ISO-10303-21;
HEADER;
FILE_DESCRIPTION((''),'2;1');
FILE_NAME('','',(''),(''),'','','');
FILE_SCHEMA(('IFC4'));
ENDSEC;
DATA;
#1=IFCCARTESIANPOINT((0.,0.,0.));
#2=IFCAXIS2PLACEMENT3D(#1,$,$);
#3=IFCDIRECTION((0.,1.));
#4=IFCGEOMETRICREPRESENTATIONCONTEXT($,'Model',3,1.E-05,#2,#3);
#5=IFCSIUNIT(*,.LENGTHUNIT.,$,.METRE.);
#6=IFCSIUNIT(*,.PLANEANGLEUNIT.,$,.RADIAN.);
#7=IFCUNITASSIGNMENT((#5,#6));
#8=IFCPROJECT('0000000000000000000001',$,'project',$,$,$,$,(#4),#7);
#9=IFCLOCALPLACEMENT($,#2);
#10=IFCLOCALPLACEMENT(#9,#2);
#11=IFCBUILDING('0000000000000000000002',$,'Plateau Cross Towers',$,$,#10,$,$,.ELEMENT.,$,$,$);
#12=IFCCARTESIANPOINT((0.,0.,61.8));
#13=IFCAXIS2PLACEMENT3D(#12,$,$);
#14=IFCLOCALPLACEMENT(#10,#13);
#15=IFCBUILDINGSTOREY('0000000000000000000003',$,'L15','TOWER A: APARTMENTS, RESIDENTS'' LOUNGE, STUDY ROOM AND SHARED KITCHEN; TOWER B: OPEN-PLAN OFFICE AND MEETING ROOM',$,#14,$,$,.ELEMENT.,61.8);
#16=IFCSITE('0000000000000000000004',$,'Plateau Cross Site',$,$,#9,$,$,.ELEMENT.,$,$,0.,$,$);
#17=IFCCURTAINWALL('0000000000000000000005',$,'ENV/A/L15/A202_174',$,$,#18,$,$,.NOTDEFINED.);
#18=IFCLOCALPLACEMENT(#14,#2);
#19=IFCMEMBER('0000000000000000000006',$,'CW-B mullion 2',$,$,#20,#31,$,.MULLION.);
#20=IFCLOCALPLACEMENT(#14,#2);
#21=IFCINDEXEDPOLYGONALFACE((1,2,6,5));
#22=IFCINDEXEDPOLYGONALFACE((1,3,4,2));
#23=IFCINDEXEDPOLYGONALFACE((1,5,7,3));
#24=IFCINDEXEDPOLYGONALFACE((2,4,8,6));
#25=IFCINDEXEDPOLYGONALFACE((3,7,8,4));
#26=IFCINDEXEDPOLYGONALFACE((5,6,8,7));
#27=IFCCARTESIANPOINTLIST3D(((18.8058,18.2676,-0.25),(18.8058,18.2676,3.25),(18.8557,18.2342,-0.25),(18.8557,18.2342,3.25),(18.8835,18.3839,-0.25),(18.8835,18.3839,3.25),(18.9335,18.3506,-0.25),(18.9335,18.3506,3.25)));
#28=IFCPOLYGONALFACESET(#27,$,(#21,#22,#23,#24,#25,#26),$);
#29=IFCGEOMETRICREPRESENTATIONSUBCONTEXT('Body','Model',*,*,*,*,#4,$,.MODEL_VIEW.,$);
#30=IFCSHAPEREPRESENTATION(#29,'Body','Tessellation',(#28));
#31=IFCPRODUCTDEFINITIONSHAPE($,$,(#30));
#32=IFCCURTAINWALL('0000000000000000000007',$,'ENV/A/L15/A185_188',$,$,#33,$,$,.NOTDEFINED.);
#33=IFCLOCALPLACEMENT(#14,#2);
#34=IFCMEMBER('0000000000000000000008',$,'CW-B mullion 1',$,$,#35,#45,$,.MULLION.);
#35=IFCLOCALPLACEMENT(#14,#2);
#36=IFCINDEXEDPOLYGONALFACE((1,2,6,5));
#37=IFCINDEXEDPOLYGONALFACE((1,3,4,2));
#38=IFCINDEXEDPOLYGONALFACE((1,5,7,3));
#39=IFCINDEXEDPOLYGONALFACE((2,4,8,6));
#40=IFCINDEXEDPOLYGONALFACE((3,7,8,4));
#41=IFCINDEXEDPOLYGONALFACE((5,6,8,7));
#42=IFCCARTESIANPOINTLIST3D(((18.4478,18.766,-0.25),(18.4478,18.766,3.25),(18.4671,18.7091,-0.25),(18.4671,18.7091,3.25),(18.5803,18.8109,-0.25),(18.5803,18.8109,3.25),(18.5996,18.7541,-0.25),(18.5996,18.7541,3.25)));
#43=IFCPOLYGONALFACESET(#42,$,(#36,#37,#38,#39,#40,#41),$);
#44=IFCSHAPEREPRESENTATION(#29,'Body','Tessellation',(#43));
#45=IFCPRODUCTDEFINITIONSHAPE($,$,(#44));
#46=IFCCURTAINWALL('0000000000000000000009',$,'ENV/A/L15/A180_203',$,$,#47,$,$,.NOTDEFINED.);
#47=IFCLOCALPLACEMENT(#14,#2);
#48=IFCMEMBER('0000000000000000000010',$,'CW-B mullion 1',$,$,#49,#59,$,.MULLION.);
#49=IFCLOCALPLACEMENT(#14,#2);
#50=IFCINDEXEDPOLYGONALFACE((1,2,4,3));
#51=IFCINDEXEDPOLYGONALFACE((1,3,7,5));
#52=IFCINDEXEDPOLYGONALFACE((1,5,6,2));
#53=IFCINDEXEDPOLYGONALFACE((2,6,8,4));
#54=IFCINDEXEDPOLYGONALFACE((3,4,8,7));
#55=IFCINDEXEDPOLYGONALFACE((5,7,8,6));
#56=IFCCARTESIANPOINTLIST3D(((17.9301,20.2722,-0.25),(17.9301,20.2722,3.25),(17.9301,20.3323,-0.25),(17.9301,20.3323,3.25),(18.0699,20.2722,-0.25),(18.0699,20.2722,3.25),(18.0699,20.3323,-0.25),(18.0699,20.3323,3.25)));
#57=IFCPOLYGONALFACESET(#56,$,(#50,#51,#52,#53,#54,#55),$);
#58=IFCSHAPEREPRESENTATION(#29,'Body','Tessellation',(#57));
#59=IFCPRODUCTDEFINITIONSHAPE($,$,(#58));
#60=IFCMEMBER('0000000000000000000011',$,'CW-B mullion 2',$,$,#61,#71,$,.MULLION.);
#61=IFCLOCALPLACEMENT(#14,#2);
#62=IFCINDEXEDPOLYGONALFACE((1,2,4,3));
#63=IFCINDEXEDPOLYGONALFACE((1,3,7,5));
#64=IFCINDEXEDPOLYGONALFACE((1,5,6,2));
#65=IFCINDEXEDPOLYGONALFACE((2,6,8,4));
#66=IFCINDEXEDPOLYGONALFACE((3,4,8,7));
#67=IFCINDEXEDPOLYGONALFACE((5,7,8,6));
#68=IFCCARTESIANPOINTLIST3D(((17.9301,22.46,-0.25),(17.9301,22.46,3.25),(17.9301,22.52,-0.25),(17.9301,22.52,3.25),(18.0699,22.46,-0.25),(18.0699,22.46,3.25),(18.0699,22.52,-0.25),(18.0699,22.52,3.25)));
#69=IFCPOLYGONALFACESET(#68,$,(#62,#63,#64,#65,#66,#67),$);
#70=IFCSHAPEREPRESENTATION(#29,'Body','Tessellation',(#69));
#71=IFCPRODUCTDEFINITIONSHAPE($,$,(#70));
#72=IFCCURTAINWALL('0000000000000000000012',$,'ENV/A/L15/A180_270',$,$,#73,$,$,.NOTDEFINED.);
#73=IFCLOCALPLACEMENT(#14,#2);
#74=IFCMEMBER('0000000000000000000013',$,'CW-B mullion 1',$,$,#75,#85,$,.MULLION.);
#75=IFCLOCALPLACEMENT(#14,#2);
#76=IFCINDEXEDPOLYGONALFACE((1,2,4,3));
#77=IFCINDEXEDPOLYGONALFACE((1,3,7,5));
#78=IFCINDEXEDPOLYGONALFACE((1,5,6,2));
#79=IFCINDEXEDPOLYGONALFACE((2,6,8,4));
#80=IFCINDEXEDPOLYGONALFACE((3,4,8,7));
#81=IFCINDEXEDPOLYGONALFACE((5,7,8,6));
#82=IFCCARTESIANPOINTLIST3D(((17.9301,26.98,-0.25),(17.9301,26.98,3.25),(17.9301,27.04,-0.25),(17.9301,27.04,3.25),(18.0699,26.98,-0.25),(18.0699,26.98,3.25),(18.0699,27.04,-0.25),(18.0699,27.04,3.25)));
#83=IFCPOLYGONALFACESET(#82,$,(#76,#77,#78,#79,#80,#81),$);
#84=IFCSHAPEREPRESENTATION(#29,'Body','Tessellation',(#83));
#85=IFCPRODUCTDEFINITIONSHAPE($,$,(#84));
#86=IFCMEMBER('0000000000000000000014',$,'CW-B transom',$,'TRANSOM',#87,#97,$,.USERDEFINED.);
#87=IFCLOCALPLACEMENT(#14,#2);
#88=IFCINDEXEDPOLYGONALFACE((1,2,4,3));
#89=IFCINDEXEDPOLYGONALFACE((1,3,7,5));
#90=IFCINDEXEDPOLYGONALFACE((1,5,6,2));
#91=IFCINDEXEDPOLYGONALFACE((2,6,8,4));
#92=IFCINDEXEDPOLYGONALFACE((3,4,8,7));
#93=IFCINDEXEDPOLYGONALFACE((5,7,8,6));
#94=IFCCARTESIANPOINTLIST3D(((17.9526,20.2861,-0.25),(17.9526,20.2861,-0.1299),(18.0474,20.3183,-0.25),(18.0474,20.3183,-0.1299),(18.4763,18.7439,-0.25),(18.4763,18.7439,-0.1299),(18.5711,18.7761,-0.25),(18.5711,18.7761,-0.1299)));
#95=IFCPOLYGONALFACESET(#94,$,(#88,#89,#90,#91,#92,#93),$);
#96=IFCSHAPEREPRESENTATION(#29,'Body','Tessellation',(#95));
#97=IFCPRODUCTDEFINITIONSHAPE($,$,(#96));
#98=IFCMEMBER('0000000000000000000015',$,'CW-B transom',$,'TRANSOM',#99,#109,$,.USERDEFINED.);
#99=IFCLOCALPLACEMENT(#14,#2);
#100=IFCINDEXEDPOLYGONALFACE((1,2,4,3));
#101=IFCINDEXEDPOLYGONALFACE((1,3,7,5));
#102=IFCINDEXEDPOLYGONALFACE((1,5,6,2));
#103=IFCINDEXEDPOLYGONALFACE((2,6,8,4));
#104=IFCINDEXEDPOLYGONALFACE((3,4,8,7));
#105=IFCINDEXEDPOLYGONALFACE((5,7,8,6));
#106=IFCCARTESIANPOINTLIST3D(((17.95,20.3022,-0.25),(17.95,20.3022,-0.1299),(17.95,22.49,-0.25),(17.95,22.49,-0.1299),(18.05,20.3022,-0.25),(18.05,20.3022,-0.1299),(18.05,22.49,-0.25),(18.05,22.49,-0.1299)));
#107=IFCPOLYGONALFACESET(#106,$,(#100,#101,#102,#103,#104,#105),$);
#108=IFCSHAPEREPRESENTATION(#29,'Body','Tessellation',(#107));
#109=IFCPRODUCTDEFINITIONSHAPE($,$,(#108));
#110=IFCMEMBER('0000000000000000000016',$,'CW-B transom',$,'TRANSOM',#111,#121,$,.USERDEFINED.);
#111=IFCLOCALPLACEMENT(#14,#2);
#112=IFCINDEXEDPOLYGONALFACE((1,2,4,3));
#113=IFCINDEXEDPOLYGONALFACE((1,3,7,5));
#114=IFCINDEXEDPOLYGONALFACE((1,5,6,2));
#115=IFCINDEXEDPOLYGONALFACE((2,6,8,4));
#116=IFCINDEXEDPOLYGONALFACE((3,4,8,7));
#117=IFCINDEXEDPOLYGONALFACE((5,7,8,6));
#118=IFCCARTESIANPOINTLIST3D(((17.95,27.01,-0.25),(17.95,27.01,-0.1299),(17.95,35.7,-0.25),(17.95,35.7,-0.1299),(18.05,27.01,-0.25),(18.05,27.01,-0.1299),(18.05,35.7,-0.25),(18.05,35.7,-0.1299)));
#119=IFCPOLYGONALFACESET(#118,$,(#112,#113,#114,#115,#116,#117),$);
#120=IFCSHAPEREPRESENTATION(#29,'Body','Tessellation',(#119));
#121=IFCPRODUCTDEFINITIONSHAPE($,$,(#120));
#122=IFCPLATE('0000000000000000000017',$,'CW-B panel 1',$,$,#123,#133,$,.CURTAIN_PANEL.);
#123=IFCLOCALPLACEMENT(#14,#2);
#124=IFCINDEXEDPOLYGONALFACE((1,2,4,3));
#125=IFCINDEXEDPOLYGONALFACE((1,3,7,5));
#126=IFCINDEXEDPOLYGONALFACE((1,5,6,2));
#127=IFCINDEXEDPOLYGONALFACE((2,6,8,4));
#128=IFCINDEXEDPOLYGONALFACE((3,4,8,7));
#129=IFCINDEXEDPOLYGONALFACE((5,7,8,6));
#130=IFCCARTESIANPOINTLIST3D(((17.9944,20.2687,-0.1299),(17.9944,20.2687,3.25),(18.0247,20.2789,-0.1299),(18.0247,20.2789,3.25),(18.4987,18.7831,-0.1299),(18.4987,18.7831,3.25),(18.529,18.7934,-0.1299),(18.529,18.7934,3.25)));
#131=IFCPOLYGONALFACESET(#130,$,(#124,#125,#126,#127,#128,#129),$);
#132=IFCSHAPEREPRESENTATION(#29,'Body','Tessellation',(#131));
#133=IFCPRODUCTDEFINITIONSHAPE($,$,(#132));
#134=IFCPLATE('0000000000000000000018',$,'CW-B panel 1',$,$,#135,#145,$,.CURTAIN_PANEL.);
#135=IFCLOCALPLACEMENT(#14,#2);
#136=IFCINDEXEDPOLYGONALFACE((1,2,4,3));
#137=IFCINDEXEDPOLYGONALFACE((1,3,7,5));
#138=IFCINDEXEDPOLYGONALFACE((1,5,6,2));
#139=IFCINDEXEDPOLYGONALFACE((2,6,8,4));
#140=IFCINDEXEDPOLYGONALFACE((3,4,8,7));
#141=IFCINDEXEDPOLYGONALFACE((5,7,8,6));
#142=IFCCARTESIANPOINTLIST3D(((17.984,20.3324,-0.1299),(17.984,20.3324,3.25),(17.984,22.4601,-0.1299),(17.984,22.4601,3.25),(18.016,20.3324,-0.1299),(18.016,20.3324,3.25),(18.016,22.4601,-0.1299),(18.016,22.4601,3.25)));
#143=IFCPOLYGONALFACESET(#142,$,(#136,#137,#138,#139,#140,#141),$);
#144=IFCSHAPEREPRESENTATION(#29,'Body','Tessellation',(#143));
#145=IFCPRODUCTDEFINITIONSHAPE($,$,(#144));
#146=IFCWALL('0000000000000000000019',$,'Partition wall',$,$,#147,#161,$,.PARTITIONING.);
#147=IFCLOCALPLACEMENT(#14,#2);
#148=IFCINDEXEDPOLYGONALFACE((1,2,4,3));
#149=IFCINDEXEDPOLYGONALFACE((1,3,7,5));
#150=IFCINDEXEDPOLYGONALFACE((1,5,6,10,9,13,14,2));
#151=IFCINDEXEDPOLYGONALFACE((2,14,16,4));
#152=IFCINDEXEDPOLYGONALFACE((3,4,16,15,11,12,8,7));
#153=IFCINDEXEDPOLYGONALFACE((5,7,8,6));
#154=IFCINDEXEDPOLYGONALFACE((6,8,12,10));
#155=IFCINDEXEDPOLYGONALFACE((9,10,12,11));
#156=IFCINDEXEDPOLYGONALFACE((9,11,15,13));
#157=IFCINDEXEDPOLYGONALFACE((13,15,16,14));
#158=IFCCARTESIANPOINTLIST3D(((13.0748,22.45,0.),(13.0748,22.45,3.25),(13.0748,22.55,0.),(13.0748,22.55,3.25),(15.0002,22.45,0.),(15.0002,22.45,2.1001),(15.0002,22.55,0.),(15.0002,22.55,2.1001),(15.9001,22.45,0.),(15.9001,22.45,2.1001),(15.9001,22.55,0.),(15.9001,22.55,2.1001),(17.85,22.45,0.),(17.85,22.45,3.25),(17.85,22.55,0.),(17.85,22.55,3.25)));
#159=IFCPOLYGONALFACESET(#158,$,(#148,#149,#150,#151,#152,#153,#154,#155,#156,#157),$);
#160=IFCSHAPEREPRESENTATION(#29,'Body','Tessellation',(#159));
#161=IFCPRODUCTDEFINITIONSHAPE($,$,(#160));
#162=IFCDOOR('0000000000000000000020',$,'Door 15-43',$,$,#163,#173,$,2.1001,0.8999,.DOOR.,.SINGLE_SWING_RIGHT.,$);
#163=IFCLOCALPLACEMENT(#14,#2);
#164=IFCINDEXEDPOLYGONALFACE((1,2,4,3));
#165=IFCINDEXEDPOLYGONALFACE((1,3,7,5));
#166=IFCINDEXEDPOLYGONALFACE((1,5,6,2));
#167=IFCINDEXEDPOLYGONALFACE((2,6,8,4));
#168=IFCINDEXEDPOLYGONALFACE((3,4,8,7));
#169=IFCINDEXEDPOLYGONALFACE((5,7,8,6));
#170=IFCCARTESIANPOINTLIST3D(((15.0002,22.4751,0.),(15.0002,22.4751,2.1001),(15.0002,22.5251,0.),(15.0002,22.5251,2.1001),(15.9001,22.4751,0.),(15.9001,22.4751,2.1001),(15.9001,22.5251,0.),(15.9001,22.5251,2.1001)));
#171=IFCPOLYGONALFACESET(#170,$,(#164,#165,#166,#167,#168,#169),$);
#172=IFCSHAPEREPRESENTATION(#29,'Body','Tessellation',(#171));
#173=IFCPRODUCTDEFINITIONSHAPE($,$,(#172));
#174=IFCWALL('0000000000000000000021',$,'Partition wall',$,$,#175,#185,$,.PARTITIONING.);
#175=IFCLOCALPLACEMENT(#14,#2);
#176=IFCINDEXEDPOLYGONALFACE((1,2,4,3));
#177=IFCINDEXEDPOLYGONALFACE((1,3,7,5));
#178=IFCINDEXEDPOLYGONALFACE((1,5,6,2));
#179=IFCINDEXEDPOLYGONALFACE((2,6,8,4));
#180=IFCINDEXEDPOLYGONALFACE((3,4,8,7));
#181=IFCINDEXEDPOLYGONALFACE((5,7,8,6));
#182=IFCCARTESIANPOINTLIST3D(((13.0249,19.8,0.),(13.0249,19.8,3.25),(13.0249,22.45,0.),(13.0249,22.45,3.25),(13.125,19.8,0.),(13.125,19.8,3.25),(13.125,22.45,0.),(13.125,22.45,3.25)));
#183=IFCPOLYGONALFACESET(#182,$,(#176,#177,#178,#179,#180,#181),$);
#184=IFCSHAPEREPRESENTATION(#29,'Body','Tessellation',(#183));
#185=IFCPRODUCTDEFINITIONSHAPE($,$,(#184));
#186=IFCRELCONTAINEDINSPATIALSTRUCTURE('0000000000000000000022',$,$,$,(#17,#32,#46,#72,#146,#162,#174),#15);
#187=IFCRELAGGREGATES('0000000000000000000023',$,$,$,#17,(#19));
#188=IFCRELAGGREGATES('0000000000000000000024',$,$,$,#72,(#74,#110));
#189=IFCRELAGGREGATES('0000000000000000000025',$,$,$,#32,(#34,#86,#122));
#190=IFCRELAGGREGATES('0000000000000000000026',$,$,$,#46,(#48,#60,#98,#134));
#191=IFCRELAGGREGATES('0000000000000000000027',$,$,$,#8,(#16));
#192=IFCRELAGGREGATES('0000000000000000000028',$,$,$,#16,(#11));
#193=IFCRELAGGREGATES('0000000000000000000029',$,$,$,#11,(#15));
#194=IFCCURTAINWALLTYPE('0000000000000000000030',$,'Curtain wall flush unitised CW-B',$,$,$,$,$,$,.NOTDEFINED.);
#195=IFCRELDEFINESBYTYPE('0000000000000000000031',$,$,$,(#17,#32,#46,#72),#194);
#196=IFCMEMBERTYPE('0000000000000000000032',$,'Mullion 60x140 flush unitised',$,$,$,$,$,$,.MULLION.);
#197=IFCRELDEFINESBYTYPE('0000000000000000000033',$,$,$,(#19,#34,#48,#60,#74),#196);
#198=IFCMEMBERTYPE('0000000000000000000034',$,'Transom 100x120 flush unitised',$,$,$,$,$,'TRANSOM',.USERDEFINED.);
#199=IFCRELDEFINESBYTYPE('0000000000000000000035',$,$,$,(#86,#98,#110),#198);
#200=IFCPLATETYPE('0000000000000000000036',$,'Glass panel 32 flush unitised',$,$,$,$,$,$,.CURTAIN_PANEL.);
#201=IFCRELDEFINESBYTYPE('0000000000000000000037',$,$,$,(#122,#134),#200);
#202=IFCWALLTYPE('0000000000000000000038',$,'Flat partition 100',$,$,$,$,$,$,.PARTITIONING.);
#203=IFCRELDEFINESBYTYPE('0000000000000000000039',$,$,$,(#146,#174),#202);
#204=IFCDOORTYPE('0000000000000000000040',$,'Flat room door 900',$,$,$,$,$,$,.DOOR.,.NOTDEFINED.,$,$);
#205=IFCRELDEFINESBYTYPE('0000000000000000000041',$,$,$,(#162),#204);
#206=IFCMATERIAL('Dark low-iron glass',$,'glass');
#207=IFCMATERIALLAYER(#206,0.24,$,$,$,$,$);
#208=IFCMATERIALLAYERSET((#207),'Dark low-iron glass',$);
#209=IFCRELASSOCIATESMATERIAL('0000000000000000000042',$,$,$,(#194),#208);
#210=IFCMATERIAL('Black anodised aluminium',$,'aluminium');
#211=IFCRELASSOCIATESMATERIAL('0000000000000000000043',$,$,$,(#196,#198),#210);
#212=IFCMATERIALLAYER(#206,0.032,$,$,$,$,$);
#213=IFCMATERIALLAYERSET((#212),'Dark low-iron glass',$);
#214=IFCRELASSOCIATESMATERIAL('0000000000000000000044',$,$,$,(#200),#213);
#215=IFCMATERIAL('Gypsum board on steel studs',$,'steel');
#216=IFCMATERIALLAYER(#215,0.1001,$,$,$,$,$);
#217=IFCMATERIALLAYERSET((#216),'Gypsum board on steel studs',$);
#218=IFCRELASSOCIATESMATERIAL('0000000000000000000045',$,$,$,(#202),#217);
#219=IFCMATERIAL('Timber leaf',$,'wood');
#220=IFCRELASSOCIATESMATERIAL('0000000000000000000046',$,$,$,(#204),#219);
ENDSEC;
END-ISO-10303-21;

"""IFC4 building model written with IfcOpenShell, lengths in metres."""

from ifc_helpers import new_model, si_unit, direction, frame, frame_2d, origin, origin_2d, place, context, subcontext, project, spatial, rectangle, extrude, material, layer, layer_set, material_profile, profile_set, type_object, element, fill, aggregate, save


model = new_model("IFC4")

# Units and contexts
model_context = context("Model", 3, precision=1e-05, world=origin(), true_north=direction((0.0, 1.0)))
body_context = subcontext(model_context, "Body", "Model", "MODEL_VIEW")
ifc_project = project(units=[si_unit("LENGTHUNIT", "METRE"), si_unit("PLANEANGLEUNIT", "RADIAN")], contexts=[model_context])

# Site, building, storey
site_placement = place(None, origin())
site = spatial("IfcSite", under=ifc_project, at=site_placement, Name="Plateau Cross Site", CompositionType="ELEMENT", RefElevation=0.0)
building_placement = place(site_placement, origin())
building = spatial("IfcBuilding", under=site, at=building_placement, Name="Plateau Cross Towers", CompositionType="ELEMENT")
storey_placement = place(building_placement, frame((0.0, 0.0, 61.8)))
storey = spatial("IfcBuildingStorey", under=building, at=storey_placement, Name="L15", Description="TOWER A: APARTMENTS, RESIDENTS' LOUNGE, STUDY ROOM AND SHARED KITCHEN; TOWER B: OPEN-PLAN OFFICE AND MEETING ROOM", CompositionType="ELEMENT", Elevation=61.8)

# Curtain walls, members
ifc_material_1 = material(Name="Dark low-iron glass", Category="glass")
ifc_layer_1 = layer(ifc_material_1, 0.24)
ifc_layer_set_1 = layer_set([ifc_layer_1], Name="Dark low-iron glass")
curtain_wall_type = type_object("IfcCurtainWallType", Name="Curtain wall flush unitised CW-B", PredefinedType="NOTDEFINED", material=ifc_layer_set_1)
curtain_wall_1_placement = place(storey_placement, origin())
curtain_wall_1 = element("IfcCurtainWall", 1, at=curtain_wall_1_placement, inside=storey, type_object=curtain_wall_type, Name="ENV/A/L15/A202_174", PredefinedType="NOTDEFINED")
ifc_material_2 = material(Name="Black anodised aluminium", Category="aluminium")
ifc_material_profile_1 = material_profile(ifc_material_2, rectangle(XDim=0.0601, YDim=0.1399, at=origin_2d()), Name="MULLION 60x140")
ifc_profile_set_1 = profile_set([ifc_material_profile_1], Name="Black anodised aluminium")
member_type_1 = type_object("IfcMemberType", Name="Mullion 60x140 flush unitised", PredefinedType="MULLION", material=ifc_profile_set_1)
member_1_placement = place(storey_placement, frame((18.8696, 18.3091, -0.25), z_axis=(0.0, 0.0, 1.0), x_axis=(-0.831521, 0.555493, 0.0)))
member_1 = element("IfcMember", 2, at=member_1_placement, type_object=member_type_1, Name="CW-B mullion 2", PredefinedType="MULLION", context=body_context, shape_type="SweptSolid", body=[
    extrude(rectangle(XDim=0.0601, YDim=0.1399, at=origin_2d()), origin(), (0.0, 0.0, 1.0), 3.5),
])
aggregate(curtain_wall_1, [member_1])
curtain_wall_2_placement = place(storey_placement, origin())
curtain_wall_2 = element("IfcCurtainWall", 3, at=curtain_wall_2_placement, inside=storey, type_object=curtain_wall_type, Name="ENV/A/L15/A185_188", PredefinedType="NOTDEFINED")
member_2_placement = place(storey_placement, frame((18.5237, 18.76, -0.25), z_axis=(0.0, 0.0, 1.0), x_axis=(-0.321469, 0.94692, 0.0)))
member_2 = element("IfcMember", 4, at=member_2_placement, type_object=member_type_1, Name="CW-B mullion 1", PredefinedType="MULLION", context=body_context, shape_type="SweptSolid", body=[
    extrude(rectangle(XDim=0.0601, YDim=0.1399, at=origin_2d()), origin(), (0.0, 0.0, 1.0), 3.5),
])

# Curtain wall, members
curtain_wall_3_placement = place(storey_placement, origin())
curtain_wall_3 = element("IfcCurtainWall", 5, at=curtain_wall_3_placement, inside=storey, type_object=curtain_wall_type, Name="ENV/A/L15/A180_203", PredefinedType="NOTDEFINED")
member_3_placement = place(storey_placement, frame((18.0, 20.3022, -0.25), z_axis=(0.0, 0.0, 1.0), x_axis=(0.0, 1.0, 0.0)))
member_3 = element("IfcMember", 6, at=member_3_placement, type_object=member_type_1, Name="CW-B mullion 1", PredefinedType="MULLION", context=body_context, shape_type="SweptSolid", body=[
    extrude(rectangle(XDim=0.0601, YDim=0.1399, at=origin_2d()), origin(), (0.0, 0.0, 1.0), 3.5),
])
member_4_placement = place(storey_placement, frame((18.0, 22.49, -0.25), z_axis=(0.0, 0.0, 1.0), x_axis=(0.0, 1.0, 0.0)))
member_4 = element("IfcMember", 7, at=member_4_placement, type_object=member_type_1, Name="CW-B mullion 2", PredefinedType="MULLION", context=body_context, shape_type="SweptSolid", body=[
    extrude(rectangle(XDim=0.0601, YDim=0.1399, at=origin_2d()), origin(), (0.0, 0.0, 1.0), 3.5),
])

# Curtain wall, member
curtain_wall_4_placement = place(storey_placement, origin())
curtain_wall_4 = element("IfcCurtainWall", 8, at=curtain_wall_4_placement, inside=storey, type_object=curtain_wall_type, Name="ENV/A/L15/A180_270", PredefinedType="NOTDEFINED")
member_5_placement = place(storey_placement, frame((18.0, 27.01, -0.25), z_axis=(0.0, 0.0, 1.0), x_axis=(0.0, 1.0, 0.0)))
member_5 = element("IfcMember", 9, at=member_5_placement, type_object=member_type_1, Name="CW-B mullion 1", PredefinedType="MULLION", context=body_context, shape_type="SweptSolid", body=[
    extrude(rectangle(XDim=0.0601, YDim=0.1399, at=origin_2d()), origin(), (0.0, 0.0, 1.0), 3.5),
])

# Members
ifc_material_profile_2 = material_profile(ifc_material_2, rectangle(XDim=0.1001, YDim=0.1201, at=origin_2d()), Name="TRANSOM 100x120")
ifc_profile_set_2 = profile_set([ifc_material_profile_2], Name="Black anodised aluminium")
member_type_2 = type_object("IfcMemberType", Name="Transom 100x120 flush unitised", ElementType="TRANSOM", PredefinedType="USERDEFINED", material=ifc_profile_set_2)
member_6_placement = place(storey_placement, frame((18.5237, 18.76, -0.1899), z_axis=(-0.321529, 0.9469, 0.0), x_axis=(-0.9469, -0.321529, 0.0)))
member_6 = element("IfcMember", 10, at=member_6_placement, type_object=member_type_2, Name="CW-B transom", ObjectType="TRANSOM", PredefinedType="USERDEFINED", context=body_context, shape_type="SweptSolid", body=[
    extrude(rectangle(XDim=0.1001, YDim=0.1201, at=origin_2d()), origin(), (0.0, 0.0, 1.0), 1.6287),
])
member_7_placement = place(storey_placement, frame((18.0, 20.3022, -0.1899), z_axis=(0.0, 1.0, 0.0), x_axis=(-1.0, 0.0, 0.0)))
member_7 = element("IfcMember", 11, at=member_7_placement, type_object=member_type_2, Name="CW-B transom", ObjectType="TRANSOM", PredefinedType="USERDEFINED", context=body_context, shape_type="SweptSolid", body=[
    extrude(rectangle(XDim=0.1001, YDim=0.1201, at=origin_2d()), origin(), (0.0, 0.0, 1.0), 2.1877),
])
member_8_placement = place(storey_placement, frame((18.0, 27.01, -0.1899), z_axis=(0.0, 1.0, 0.0), x_axis=(-1.0, 0.0, 0.0)))
member_8 = element("IfcMember", 12, at=member_8_placement, type_object=member_type_2, Name="CW-B transom", ObjectType="TRANSOM", PredefinedType="USERDEFINED", context=body_context, shape_type="SweptSolid", body=[
    extrude(rectangle(XDim=0.1001, YDim=0.1201, at=origin_2d()), origin(), (0.0, 0.0, 1.0), 8.6899),
])
aggregate(curtain_wall_4, [member_5, member_8])

# Plates
ifc_layer_2 = layer(ifc_material_1, 0.032)
ifc_layer_set_2 = layer_set([ifc_layer_2], Name="Dark low-iron glass")
plate_type = type_object("IfcPlateType", Name="Glass panel 32 flush unitised", PredefinedType="CURTAIN_PANEL", material=ifc_layer_set_2)
plate_1_placement = place(storey_placement, frame((18.2617, 19.531, -0.1299), z_axis=(0.0, 0.0, 1.0), x_axis=(-0.321469, 0.94692, 0.0)))
plate_1 = element("IfcPlate", 13, at=plate_1_placement, type_object=plate_type, Name="CW-B panel 1", PredefinedType="CURTAIN_PANEL", context=body_context, shape_type="SweptSolid", body=[
    extrude(rectangle(XDim=1.5688, YDim=0.032, at=origin_2d()), origin(), (0.0, 0.0, 1.0), 3.3799),
])
aggregate(curtain_wall_2, [member_2, member_6, plate_1])
plate_2_placement = place(storey_placement, frame((18.0, 21.3962, -0.1299), z_axis=(0.0, 0.0, 1.0), x_axis=(0.0, 1.0, 0.0)))
plate_2 = element("IfcPlate", 14, at=plate_2_placement, type_object=plate_type, Name="CW-B panel 1", PredefinedType="CURTAIN_PANEL", context=body_context, shape_type="SweptSolid", body=[
    extrude(rectangle(XDim=2.1277, YDim=0.032, at=origin_2d()), origin(), (0.0, 0.0, 1.0), 3.3799),
])
aggregate(curtain_wall_3, [member_3, member_4, member_7, plate_2])

# Wall, opening, door
ifc_material_3 = material(Name="Gypsum board on steel studs", Category="steel")
ifc_layer_3 = layer(ifc_material_3, 0.1001)
ifc_layer_set_3 = layer_set([ifc_layer_3], Name="Gypsum board on steel studs")
wall_type_1 = type_object("IfcWallType", Name="Flat partition 100", PredefinedType="PARTITIONING", material=ifc_layer_set_3)
wall_1_placement = place(storey_placement, frame((17.8501, 22.5, 0.0), z_axis=(0.0, 0.0, 1.0), x_axis=(-1.0, 0.0, 0.0)))
wall_1 = element("IfcWall", 15, at=wall_1_placement, inside=storey, type_object=wall_type_1, Name="Partition wall", PredefinedType="PARTITIONING", context=body_context, shape_type="SweptSolid", body=[
    extrude(rectangle(XDim=4.7751, YDim=0.1001, at=frame_2d((2.3877, 0.0))), origin(), (0.0, 0.0, 1.0), 3.25),
])
opening_1_placement = place(wall_1_placement, frame((1.95, 0.0, 0.0)))
opening_1 = element("IfcOpeningElement", 16, at=opening_1_placement, cuts=wall_1, PredefinedType="OPENING", context=body_context, shape_type="SweptSolid", body=[
    extrude(rectangle(XDim=0.8999, YDim=2.1001, at=frame_2d((0.45, 1.05))), frame((0.0, 0.0601, 0.0), z_axis=(0.0, -1.0, 0.0), x_axis=(1.0, 0.0, 0.0)), (0.0, 0.0, 1.0), 0.1201),
])
ifc_material_4 = material(Name="Timber leaf", Category="wood")
door_type_1 = type_object("IfcDoorType", Name="Flat room door 900", OperationType="NOTDEFINED", PredefinedType="DOOR", material=ifc_material_4)
door_1_placement = place(opening_1_placement, origin())
door_1 = element("IfcDoor", 17, at=door_1_placement, inside=storey, type_object=door_type_1, Name="Door 15-43", OperationType="SINGLE_SWING_RIGHT", OverallHeight=2.1001, OverallWidth=0.8999, PredefinedType="DOOR", context=body_context, shape_type="SweptSolid", body=[
    extrude(rectangle(XDim=0.8999, YDim=2.1001, at=frame_2d((0.45, 1.05))), frame((0.0, 0.0249, 0.0), z_axis=(0.0, -1.0, 0.0), x_axis=(1.0, 0.0, 0.0)), (0.0, 0.0, 1.0), 0.05),
])
fill(opening_1, door_1)

# Wall
wall_2_placement = place(storey_placement, frame((13.075, 22.45, 0.0), z_axis=(0.0, 0.0, 1.0), x_axis=(0.0, -1.0, 0.0)))
element("IfcWall", 18, at=wall_2_placement, inside=storey, type_object=wall_type_1, Name="Partition wall", PredefinedType="PARTITIONING", context=body_context, shape_type="SweptSolid", body=[
    extrude(rectangle(XDim=2.6499, YDim=0.1001, at=frame_2d((1.325, 0.0))), origin(), (0.0, 0.0, 1.0), 3.25),
])

save(model, "model.ifc")
